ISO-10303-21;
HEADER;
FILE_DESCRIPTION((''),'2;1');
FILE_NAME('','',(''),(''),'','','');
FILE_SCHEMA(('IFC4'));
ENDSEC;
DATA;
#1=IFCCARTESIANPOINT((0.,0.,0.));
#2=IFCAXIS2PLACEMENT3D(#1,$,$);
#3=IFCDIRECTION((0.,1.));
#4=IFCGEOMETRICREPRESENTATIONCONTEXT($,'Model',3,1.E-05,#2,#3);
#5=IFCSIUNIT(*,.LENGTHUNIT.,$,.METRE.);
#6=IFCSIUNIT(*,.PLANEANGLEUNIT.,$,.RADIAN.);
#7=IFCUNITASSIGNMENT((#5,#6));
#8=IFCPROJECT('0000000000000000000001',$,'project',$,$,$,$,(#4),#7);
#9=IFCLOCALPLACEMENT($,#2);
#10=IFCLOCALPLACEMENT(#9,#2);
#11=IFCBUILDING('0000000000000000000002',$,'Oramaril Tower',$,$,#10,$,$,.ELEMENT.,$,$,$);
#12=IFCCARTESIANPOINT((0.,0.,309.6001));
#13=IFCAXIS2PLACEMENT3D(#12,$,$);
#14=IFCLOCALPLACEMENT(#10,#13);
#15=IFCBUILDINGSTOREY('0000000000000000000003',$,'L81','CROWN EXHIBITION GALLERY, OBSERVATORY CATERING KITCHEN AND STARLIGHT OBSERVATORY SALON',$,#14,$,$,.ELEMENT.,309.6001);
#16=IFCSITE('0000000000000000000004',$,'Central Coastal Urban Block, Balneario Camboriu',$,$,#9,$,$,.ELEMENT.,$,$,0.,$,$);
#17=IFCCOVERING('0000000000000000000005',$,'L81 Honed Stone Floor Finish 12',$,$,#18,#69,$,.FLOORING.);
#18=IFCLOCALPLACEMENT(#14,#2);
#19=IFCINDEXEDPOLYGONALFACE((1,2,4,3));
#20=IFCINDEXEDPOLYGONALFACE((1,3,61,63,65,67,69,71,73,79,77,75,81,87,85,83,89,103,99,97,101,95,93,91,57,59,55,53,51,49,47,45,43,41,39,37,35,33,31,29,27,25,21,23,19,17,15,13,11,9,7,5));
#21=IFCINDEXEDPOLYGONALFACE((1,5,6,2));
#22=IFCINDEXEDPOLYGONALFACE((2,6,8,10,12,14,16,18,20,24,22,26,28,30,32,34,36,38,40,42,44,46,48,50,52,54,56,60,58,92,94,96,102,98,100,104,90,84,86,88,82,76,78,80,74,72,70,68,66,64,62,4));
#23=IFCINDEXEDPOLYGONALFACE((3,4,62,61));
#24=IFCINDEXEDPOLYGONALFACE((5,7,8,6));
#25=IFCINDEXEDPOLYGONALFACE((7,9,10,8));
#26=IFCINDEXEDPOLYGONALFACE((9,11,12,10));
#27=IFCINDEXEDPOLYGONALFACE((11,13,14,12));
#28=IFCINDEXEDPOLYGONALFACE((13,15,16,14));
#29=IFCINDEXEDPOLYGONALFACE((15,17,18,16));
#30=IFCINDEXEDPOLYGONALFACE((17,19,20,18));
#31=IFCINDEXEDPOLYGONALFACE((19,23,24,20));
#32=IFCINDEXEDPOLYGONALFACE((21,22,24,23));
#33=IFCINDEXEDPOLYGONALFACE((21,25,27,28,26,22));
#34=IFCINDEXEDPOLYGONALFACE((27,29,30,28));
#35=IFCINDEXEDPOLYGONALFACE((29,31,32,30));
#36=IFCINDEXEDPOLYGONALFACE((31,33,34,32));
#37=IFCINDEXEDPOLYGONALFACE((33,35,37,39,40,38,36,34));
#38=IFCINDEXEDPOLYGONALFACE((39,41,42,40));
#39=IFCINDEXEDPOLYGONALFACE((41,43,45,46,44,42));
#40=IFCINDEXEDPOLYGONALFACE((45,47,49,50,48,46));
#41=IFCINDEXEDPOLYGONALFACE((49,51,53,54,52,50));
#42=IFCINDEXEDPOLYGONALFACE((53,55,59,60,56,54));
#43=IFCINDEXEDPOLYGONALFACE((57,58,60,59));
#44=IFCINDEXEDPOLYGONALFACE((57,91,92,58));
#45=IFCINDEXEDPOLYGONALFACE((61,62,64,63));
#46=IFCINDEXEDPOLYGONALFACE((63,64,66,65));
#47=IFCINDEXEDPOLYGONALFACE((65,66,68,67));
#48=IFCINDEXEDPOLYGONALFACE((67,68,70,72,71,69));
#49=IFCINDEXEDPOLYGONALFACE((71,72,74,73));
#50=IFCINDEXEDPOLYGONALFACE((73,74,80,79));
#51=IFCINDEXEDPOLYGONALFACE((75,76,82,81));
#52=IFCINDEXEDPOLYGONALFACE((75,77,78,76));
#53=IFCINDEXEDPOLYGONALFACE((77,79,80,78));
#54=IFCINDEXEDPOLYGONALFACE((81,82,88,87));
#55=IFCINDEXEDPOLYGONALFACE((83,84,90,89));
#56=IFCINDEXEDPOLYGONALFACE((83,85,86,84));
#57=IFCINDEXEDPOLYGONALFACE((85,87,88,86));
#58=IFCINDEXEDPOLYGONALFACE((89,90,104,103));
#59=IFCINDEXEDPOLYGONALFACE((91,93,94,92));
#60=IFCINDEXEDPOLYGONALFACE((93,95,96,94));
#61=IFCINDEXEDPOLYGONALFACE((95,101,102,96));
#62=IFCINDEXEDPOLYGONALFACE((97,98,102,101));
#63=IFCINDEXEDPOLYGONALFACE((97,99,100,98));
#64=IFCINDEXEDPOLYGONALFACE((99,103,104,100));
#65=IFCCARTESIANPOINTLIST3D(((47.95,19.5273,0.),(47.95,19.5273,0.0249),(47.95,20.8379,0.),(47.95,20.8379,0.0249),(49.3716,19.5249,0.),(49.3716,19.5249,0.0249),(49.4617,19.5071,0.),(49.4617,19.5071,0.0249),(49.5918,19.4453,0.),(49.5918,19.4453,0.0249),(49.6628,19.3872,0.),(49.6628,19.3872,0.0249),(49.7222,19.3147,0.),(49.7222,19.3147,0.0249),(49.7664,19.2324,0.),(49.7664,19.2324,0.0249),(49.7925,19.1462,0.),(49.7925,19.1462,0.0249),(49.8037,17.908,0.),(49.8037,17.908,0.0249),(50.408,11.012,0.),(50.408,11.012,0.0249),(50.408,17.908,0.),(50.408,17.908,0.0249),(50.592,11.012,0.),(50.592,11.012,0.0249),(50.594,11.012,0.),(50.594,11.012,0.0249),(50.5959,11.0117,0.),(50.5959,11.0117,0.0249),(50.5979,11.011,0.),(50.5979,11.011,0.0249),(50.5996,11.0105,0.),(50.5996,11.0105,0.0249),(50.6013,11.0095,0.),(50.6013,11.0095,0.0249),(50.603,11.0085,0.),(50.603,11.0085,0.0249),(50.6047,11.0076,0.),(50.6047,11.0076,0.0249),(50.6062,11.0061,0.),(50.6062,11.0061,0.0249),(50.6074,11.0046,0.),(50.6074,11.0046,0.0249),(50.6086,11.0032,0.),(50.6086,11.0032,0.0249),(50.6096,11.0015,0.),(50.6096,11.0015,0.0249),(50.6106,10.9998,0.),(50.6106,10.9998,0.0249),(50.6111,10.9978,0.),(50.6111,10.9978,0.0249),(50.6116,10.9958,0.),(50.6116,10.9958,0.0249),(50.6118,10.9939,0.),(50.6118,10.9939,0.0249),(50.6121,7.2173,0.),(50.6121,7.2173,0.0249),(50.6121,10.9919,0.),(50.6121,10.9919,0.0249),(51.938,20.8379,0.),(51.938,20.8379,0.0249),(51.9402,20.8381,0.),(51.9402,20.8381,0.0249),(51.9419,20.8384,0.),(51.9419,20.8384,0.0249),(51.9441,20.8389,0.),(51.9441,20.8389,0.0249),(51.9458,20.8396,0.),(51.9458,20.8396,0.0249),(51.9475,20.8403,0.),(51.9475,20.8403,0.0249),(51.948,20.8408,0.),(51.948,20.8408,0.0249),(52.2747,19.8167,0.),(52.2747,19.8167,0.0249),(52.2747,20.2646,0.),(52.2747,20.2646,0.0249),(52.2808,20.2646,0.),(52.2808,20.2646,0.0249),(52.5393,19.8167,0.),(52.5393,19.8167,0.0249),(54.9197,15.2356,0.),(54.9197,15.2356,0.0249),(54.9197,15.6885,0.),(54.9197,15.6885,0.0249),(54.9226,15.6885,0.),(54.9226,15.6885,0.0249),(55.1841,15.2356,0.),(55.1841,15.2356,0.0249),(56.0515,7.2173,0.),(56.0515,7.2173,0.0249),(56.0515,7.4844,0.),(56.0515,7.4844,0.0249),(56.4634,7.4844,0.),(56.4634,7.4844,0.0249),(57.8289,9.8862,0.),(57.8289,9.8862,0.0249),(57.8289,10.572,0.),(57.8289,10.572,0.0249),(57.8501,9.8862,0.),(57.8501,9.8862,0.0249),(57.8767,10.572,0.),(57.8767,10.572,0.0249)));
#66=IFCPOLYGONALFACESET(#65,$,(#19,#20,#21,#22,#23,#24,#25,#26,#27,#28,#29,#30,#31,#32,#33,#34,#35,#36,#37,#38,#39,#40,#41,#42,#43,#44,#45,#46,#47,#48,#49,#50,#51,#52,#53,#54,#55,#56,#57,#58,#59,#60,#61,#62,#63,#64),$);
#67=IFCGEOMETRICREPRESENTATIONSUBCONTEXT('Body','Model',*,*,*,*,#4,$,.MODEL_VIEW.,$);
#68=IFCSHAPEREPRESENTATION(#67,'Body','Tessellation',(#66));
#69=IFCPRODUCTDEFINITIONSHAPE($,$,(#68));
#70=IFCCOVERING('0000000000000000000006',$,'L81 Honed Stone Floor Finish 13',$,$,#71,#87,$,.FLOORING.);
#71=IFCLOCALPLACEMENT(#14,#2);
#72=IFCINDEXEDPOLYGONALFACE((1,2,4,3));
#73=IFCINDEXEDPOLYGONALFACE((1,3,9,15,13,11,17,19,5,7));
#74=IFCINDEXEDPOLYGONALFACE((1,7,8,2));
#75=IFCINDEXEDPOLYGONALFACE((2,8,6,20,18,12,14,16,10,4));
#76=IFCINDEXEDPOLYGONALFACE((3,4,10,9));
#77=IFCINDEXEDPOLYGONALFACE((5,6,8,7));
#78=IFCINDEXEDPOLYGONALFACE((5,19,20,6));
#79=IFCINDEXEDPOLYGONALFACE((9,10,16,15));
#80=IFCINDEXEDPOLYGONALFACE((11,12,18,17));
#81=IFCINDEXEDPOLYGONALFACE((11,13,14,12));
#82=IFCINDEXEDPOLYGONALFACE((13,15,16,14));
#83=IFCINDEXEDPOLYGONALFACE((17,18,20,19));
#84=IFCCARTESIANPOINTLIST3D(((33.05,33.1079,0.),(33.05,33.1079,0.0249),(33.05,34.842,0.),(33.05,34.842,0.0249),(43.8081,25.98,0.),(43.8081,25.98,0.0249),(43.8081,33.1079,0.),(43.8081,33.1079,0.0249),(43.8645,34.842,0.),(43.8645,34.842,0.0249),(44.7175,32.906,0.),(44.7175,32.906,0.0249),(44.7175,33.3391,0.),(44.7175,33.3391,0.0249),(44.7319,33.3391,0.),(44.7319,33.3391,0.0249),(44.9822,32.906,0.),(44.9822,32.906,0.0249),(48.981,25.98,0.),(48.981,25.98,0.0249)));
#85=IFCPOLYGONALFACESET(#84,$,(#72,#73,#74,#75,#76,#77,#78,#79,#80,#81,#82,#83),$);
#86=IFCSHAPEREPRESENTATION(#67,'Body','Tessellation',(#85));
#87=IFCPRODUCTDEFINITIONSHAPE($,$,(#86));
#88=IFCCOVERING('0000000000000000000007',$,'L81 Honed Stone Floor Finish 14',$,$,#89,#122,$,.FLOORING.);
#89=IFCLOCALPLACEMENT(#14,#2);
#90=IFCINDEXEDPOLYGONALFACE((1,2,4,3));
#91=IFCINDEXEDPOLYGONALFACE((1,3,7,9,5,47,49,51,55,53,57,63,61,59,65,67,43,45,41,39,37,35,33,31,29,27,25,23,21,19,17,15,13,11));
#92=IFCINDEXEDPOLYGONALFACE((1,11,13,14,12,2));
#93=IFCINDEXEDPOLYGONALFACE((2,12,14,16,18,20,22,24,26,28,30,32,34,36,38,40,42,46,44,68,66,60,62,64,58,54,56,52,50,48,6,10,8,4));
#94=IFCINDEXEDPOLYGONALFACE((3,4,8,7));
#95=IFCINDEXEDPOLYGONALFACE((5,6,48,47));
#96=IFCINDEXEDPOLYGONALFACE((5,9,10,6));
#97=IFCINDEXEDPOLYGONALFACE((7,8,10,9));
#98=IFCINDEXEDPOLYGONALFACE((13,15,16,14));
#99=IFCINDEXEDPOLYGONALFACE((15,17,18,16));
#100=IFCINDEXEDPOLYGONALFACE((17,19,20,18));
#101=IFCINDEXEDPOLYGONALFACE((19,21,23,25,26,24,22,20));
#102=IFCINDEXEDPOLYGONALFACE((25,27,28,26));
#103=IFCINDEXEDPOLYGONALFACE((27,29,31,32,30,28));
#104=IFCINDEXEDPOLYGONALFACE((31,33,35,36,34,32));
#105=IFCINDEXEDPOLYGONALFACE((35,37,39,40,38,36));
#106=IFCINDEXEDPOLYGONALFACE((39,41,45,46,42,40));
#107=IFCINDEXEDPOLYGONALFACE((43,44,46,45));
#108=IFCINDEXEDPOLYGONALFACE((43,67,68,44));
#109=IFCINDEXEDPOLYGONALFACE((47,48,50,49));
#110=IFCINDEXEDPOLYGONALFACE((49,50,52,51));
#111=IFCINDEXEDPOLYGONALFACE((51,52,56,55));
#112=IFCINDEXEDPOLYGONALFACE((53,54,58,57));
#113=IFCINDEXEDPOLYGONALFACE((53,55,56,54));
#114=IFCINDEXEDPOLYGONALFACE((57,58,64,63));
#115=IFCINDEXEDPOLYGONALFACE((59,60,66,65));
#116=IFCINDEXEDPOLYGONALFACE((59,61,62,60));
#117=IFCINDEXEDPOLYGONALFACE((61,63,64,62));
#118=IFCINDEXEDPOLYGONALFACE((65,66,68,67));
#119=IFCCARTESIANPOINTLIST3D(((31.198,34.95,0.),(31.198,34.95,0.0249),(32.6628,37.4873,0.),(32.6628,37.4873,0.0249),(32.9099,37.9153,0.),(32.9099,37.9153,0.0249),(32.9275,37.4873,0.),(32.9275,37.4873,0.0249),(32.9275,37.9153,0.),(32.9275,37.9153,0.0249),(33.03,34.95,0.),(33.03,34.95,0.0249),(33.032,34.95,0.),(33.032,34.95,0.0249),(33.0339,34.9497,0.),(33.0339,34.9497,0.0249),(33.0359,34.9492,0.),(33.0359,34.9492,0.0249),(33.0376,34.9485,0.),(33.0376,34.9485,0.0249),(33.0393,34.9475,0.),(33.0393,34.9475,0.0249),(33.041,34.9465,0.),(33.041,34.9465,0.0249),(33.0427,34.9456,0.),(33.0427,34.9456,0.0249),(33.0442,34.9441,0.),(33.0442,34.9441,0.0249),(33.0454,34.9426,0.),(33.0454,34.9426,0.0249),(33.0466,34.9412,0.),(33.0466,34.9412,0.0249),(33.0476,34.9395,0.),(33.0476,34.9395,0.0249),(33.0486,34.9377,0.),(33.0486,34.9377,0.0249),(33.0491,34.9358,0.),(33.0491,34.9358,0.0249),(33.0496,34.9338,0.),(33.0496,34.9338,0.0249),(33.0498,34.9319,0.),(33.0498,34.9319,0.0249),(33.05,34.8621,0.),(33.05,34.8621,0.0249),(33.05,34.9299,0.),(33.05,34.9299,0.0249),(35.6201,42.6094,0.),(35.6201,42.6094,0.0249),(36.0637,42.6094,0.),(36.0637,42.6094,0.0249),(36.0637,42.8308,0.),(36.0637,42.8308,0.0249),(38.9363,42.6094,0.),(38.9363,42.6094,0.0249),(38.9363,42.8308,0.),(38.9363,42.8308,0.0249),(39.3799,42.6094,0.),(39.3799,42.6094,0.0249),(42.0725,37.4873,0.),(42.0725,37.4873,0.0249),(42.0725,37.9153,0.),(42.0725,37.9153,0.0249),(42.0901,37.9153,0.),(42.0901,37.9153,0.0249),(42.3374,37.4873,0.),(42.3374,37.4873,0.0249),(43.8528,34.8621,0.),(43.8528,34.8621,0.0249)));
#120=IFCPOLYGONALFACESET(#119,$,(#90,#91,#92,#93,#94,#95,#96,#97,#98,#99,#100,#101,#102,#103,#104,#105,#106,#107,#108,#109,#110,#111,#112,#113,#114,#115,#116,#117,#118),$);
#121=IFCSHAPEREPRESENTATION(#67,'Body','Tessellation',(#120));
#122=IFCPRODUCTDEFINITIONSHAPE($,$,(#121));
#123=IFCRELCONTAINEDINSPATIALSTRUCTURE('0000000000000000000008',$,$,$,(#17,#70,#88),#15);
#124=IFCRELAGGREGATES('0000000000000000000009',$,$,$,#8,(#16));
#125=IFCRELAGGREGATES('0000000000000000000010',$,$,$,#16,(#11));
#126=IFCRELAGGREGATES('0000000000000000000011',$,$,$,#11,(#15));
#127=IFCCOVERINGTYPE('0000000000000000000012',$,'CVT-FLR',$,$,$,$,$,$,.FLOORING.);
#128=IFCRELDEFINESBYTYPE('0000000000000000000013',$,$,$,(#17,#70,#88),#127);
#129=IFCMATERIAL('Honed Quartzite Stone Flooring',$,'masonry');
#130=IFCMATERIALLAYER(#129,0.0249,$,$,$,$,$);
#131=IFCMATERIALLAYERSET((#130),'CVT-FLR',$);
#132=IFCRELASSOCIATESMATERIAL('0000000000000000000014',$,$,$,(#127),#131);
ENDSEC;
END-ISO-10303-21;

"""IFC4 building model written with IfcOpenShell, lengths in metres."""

from ifc_helpers import new_model, si_unit, direction, frame, origin, place, context, subcontext, project, spatial, polyline, outline, extrude, material, layer, layer_set, type_object, element, save


model = new_model("IFC4")

# Units and contexts
model_context = context("Model", 3, precision=1e-05, world=origin(), true_north=direction((0.0, 1.0)))
body_context = subcontext(model_context, "Body", "Model", "MODEL_VIEW")
ifc_project = project(units=[si_unit("LENGTHUNIT", "METRE"), si_unit("PLANEANGLEUNIT", "RADIAN")], contexts=[model_context])

# Site, building, storey
site_placement = place(None, origin())
site = spatial("IfcSite", under=ifc_project, at=site_placement, Name="Central Coastal Urban Block, Balneario Camboriu", CompositionType="ELEMENT", RefElevation=0.0)
building_placement = place(site_placement, origin())
building = spatial("IfcBuilding", under=site, at=building_placement, Name="Oramaril Tower", CompositionType="ELEMENT")
storey_placement = place(building_placement, frame((0.0, 0.0, 309.6001)))
storey = spatial("IfcBuildingStorey", under=building, at=storey_placement, Name="L81", Description="CROWN EXHIBITION GALLERY, OBSERVATORY CATERING KITCHEN AND STARLIGHT OBSERVATORY SALON", CompositionType="ELEMENT", Elevation=309.6001)

# Coverings
ifc_material_1 = material(Name="Honed Quartzite Stone Flooring", Category="masonry")
ifc_layer_1 = layer(ifc_material_1, 0.0249)
ifc_layer_set_1 = layer_set([ifc_layer_1], Name="CVT-FLR")
covering_type_1 = type_object("IfcCoveringType", Name="CVT-FLR", PredefinedType="FLOORING", material=ifc_layer_set_1)
covering_1_placement = place(storey_placement, origin())
element("IfcCovering", 1, at=covering_1_placement, inside=storey, type_object=covering_type_1, Name="L81 Honed Stone Floor Finish 12", PredefinedType="FLOORING", context=body_context, shape_type="SweptSolid", body=[
    extrude(outline(polyline([(52.2808, 20.2646), (52.2747, 20.2646), (52.2747, 19.8167), (52.5393, 19.8167), (54.9226, 15.6885), (54.9197, 15.6885), (54.9197, 15.2356), (55.1841, 15.2356), (57.8767, 10.572), (57.8289, 10.572), (57.8289, 9.8862), (57.8501, 9.8862), (56.4634, 7.4844), (56.0515, 7.4844), (56.0515, 7.2173), (50.6121, 7.2173), (50.6121, 10.9919), (50.6118, 10.9939), (50.6116, 10.9958), (50.6111, 10.9978), (50.6106, 10.9998), (50.6096, 11.0015), (50.6086, 11.0032), (50.6074, 11.0046), (50.6062, 11.0061), (50.6047, 11.0076), (50.603, 11.0085), (50.6013, 11.0095), (50.5996, 11.0105), (50.5979, 11.011), (50.5959, 11.0117), (50.594, 11.012), (50.592, 11.012), (50.408, 11.012), (50.408, 17.908), (49.8037, 17.908), (49.7925, 19.1462), (49.7664, 19.2324), (49.7222, 19.3147), (49.6628, 19.3872), (49.5918, 19.4453), (49.4617, 19.5071), (49.3716, 19.5249), (47.95, 19.5273), (47.95, 20.8379), (51.938, 20.8379), (51.9402, 20.8381), (51.9419, 20.8384), (51.9441, 20.8389), (51.9458, 20.8396), (51.9475, 20.8403), (51.948, 20.8408), (52.2808, 20.2646)])), origin(), (0.0, 0.0, 1.0), 0.0249),
])
covering_2_placement = place(storey_placement, origin())
element("IfcCovering", 2, at=covering_2_placement, inside=storey, type_object=covering_type_1, Name="L81 Honed Stone Floor Finish 13", PredefinedType="FLOORING", context=body_context, shape_type="SweptSolid", body=[
    extrude(outline(polyline([(43.8645, 34.842), (44.7319, 33.3391), (44.7175, 33.3391), (44.7175, 32.906), (44.9822, 32.906), (48.981, 25.98), (43.8081, 25.98), (43.8081, 33.1079), (33.05, 33.1079), (33.05, 34.842), (43.8645, 34.842)])), origin(), (0.0, 0.0, 1.0), 0.0249),
])
covering_3_placement = place(storey_placement, origin())
element("IfcCovering", 3, at=covering_3_placement, inside=storey, type_object=covering_type_1, Name="L81 Honed Stone Floor Finish 14", PredefinedType="FLOORING", context=body_context, shape_type="SweptSolid", body=[
    extrude(outline(polyline([(32.9275, 37.4873), (32.9275, 37.9153), (32.9099, 37.9153), (35.6201, 42.6094), (36.0637, 42.6094), (36.0637, 42.8308), (38.9363, 42.8308), (38.9363, 42.6094), (39.3799, 42.6094), (42.0901, 37.9153), (42.0725, 37.9153), (42.0725, 37.4873), (42.3374, 37.4873), (43.8528, 34.8621), (33.05, 34.8621), (33.05, 34.9299), (33.0498, 34.9319), (33.0496, 34.9338), (33.0491, 34.9358), (33.0486, 34.9377), (33.0476, 34.9395), (33.0466, 34.9412), (33.0454, 34.9426), (33.0442, 34.9441), (33.0427, 34.9456), (33.041, 34.9465), (33.0393, 34.9475), (33.0376, 34.9485), (33.0359, 34.9492), (33.0339, 34.9497), (33.032, 34.95), (33.03, 34.95), (31.198, 34.95), (32.6628, 37.4873), (32.9275, 37.4873)])), origin(), (0.0, 0.0, 1.0), 0.0249),
])

save(model, "model.ifc")
